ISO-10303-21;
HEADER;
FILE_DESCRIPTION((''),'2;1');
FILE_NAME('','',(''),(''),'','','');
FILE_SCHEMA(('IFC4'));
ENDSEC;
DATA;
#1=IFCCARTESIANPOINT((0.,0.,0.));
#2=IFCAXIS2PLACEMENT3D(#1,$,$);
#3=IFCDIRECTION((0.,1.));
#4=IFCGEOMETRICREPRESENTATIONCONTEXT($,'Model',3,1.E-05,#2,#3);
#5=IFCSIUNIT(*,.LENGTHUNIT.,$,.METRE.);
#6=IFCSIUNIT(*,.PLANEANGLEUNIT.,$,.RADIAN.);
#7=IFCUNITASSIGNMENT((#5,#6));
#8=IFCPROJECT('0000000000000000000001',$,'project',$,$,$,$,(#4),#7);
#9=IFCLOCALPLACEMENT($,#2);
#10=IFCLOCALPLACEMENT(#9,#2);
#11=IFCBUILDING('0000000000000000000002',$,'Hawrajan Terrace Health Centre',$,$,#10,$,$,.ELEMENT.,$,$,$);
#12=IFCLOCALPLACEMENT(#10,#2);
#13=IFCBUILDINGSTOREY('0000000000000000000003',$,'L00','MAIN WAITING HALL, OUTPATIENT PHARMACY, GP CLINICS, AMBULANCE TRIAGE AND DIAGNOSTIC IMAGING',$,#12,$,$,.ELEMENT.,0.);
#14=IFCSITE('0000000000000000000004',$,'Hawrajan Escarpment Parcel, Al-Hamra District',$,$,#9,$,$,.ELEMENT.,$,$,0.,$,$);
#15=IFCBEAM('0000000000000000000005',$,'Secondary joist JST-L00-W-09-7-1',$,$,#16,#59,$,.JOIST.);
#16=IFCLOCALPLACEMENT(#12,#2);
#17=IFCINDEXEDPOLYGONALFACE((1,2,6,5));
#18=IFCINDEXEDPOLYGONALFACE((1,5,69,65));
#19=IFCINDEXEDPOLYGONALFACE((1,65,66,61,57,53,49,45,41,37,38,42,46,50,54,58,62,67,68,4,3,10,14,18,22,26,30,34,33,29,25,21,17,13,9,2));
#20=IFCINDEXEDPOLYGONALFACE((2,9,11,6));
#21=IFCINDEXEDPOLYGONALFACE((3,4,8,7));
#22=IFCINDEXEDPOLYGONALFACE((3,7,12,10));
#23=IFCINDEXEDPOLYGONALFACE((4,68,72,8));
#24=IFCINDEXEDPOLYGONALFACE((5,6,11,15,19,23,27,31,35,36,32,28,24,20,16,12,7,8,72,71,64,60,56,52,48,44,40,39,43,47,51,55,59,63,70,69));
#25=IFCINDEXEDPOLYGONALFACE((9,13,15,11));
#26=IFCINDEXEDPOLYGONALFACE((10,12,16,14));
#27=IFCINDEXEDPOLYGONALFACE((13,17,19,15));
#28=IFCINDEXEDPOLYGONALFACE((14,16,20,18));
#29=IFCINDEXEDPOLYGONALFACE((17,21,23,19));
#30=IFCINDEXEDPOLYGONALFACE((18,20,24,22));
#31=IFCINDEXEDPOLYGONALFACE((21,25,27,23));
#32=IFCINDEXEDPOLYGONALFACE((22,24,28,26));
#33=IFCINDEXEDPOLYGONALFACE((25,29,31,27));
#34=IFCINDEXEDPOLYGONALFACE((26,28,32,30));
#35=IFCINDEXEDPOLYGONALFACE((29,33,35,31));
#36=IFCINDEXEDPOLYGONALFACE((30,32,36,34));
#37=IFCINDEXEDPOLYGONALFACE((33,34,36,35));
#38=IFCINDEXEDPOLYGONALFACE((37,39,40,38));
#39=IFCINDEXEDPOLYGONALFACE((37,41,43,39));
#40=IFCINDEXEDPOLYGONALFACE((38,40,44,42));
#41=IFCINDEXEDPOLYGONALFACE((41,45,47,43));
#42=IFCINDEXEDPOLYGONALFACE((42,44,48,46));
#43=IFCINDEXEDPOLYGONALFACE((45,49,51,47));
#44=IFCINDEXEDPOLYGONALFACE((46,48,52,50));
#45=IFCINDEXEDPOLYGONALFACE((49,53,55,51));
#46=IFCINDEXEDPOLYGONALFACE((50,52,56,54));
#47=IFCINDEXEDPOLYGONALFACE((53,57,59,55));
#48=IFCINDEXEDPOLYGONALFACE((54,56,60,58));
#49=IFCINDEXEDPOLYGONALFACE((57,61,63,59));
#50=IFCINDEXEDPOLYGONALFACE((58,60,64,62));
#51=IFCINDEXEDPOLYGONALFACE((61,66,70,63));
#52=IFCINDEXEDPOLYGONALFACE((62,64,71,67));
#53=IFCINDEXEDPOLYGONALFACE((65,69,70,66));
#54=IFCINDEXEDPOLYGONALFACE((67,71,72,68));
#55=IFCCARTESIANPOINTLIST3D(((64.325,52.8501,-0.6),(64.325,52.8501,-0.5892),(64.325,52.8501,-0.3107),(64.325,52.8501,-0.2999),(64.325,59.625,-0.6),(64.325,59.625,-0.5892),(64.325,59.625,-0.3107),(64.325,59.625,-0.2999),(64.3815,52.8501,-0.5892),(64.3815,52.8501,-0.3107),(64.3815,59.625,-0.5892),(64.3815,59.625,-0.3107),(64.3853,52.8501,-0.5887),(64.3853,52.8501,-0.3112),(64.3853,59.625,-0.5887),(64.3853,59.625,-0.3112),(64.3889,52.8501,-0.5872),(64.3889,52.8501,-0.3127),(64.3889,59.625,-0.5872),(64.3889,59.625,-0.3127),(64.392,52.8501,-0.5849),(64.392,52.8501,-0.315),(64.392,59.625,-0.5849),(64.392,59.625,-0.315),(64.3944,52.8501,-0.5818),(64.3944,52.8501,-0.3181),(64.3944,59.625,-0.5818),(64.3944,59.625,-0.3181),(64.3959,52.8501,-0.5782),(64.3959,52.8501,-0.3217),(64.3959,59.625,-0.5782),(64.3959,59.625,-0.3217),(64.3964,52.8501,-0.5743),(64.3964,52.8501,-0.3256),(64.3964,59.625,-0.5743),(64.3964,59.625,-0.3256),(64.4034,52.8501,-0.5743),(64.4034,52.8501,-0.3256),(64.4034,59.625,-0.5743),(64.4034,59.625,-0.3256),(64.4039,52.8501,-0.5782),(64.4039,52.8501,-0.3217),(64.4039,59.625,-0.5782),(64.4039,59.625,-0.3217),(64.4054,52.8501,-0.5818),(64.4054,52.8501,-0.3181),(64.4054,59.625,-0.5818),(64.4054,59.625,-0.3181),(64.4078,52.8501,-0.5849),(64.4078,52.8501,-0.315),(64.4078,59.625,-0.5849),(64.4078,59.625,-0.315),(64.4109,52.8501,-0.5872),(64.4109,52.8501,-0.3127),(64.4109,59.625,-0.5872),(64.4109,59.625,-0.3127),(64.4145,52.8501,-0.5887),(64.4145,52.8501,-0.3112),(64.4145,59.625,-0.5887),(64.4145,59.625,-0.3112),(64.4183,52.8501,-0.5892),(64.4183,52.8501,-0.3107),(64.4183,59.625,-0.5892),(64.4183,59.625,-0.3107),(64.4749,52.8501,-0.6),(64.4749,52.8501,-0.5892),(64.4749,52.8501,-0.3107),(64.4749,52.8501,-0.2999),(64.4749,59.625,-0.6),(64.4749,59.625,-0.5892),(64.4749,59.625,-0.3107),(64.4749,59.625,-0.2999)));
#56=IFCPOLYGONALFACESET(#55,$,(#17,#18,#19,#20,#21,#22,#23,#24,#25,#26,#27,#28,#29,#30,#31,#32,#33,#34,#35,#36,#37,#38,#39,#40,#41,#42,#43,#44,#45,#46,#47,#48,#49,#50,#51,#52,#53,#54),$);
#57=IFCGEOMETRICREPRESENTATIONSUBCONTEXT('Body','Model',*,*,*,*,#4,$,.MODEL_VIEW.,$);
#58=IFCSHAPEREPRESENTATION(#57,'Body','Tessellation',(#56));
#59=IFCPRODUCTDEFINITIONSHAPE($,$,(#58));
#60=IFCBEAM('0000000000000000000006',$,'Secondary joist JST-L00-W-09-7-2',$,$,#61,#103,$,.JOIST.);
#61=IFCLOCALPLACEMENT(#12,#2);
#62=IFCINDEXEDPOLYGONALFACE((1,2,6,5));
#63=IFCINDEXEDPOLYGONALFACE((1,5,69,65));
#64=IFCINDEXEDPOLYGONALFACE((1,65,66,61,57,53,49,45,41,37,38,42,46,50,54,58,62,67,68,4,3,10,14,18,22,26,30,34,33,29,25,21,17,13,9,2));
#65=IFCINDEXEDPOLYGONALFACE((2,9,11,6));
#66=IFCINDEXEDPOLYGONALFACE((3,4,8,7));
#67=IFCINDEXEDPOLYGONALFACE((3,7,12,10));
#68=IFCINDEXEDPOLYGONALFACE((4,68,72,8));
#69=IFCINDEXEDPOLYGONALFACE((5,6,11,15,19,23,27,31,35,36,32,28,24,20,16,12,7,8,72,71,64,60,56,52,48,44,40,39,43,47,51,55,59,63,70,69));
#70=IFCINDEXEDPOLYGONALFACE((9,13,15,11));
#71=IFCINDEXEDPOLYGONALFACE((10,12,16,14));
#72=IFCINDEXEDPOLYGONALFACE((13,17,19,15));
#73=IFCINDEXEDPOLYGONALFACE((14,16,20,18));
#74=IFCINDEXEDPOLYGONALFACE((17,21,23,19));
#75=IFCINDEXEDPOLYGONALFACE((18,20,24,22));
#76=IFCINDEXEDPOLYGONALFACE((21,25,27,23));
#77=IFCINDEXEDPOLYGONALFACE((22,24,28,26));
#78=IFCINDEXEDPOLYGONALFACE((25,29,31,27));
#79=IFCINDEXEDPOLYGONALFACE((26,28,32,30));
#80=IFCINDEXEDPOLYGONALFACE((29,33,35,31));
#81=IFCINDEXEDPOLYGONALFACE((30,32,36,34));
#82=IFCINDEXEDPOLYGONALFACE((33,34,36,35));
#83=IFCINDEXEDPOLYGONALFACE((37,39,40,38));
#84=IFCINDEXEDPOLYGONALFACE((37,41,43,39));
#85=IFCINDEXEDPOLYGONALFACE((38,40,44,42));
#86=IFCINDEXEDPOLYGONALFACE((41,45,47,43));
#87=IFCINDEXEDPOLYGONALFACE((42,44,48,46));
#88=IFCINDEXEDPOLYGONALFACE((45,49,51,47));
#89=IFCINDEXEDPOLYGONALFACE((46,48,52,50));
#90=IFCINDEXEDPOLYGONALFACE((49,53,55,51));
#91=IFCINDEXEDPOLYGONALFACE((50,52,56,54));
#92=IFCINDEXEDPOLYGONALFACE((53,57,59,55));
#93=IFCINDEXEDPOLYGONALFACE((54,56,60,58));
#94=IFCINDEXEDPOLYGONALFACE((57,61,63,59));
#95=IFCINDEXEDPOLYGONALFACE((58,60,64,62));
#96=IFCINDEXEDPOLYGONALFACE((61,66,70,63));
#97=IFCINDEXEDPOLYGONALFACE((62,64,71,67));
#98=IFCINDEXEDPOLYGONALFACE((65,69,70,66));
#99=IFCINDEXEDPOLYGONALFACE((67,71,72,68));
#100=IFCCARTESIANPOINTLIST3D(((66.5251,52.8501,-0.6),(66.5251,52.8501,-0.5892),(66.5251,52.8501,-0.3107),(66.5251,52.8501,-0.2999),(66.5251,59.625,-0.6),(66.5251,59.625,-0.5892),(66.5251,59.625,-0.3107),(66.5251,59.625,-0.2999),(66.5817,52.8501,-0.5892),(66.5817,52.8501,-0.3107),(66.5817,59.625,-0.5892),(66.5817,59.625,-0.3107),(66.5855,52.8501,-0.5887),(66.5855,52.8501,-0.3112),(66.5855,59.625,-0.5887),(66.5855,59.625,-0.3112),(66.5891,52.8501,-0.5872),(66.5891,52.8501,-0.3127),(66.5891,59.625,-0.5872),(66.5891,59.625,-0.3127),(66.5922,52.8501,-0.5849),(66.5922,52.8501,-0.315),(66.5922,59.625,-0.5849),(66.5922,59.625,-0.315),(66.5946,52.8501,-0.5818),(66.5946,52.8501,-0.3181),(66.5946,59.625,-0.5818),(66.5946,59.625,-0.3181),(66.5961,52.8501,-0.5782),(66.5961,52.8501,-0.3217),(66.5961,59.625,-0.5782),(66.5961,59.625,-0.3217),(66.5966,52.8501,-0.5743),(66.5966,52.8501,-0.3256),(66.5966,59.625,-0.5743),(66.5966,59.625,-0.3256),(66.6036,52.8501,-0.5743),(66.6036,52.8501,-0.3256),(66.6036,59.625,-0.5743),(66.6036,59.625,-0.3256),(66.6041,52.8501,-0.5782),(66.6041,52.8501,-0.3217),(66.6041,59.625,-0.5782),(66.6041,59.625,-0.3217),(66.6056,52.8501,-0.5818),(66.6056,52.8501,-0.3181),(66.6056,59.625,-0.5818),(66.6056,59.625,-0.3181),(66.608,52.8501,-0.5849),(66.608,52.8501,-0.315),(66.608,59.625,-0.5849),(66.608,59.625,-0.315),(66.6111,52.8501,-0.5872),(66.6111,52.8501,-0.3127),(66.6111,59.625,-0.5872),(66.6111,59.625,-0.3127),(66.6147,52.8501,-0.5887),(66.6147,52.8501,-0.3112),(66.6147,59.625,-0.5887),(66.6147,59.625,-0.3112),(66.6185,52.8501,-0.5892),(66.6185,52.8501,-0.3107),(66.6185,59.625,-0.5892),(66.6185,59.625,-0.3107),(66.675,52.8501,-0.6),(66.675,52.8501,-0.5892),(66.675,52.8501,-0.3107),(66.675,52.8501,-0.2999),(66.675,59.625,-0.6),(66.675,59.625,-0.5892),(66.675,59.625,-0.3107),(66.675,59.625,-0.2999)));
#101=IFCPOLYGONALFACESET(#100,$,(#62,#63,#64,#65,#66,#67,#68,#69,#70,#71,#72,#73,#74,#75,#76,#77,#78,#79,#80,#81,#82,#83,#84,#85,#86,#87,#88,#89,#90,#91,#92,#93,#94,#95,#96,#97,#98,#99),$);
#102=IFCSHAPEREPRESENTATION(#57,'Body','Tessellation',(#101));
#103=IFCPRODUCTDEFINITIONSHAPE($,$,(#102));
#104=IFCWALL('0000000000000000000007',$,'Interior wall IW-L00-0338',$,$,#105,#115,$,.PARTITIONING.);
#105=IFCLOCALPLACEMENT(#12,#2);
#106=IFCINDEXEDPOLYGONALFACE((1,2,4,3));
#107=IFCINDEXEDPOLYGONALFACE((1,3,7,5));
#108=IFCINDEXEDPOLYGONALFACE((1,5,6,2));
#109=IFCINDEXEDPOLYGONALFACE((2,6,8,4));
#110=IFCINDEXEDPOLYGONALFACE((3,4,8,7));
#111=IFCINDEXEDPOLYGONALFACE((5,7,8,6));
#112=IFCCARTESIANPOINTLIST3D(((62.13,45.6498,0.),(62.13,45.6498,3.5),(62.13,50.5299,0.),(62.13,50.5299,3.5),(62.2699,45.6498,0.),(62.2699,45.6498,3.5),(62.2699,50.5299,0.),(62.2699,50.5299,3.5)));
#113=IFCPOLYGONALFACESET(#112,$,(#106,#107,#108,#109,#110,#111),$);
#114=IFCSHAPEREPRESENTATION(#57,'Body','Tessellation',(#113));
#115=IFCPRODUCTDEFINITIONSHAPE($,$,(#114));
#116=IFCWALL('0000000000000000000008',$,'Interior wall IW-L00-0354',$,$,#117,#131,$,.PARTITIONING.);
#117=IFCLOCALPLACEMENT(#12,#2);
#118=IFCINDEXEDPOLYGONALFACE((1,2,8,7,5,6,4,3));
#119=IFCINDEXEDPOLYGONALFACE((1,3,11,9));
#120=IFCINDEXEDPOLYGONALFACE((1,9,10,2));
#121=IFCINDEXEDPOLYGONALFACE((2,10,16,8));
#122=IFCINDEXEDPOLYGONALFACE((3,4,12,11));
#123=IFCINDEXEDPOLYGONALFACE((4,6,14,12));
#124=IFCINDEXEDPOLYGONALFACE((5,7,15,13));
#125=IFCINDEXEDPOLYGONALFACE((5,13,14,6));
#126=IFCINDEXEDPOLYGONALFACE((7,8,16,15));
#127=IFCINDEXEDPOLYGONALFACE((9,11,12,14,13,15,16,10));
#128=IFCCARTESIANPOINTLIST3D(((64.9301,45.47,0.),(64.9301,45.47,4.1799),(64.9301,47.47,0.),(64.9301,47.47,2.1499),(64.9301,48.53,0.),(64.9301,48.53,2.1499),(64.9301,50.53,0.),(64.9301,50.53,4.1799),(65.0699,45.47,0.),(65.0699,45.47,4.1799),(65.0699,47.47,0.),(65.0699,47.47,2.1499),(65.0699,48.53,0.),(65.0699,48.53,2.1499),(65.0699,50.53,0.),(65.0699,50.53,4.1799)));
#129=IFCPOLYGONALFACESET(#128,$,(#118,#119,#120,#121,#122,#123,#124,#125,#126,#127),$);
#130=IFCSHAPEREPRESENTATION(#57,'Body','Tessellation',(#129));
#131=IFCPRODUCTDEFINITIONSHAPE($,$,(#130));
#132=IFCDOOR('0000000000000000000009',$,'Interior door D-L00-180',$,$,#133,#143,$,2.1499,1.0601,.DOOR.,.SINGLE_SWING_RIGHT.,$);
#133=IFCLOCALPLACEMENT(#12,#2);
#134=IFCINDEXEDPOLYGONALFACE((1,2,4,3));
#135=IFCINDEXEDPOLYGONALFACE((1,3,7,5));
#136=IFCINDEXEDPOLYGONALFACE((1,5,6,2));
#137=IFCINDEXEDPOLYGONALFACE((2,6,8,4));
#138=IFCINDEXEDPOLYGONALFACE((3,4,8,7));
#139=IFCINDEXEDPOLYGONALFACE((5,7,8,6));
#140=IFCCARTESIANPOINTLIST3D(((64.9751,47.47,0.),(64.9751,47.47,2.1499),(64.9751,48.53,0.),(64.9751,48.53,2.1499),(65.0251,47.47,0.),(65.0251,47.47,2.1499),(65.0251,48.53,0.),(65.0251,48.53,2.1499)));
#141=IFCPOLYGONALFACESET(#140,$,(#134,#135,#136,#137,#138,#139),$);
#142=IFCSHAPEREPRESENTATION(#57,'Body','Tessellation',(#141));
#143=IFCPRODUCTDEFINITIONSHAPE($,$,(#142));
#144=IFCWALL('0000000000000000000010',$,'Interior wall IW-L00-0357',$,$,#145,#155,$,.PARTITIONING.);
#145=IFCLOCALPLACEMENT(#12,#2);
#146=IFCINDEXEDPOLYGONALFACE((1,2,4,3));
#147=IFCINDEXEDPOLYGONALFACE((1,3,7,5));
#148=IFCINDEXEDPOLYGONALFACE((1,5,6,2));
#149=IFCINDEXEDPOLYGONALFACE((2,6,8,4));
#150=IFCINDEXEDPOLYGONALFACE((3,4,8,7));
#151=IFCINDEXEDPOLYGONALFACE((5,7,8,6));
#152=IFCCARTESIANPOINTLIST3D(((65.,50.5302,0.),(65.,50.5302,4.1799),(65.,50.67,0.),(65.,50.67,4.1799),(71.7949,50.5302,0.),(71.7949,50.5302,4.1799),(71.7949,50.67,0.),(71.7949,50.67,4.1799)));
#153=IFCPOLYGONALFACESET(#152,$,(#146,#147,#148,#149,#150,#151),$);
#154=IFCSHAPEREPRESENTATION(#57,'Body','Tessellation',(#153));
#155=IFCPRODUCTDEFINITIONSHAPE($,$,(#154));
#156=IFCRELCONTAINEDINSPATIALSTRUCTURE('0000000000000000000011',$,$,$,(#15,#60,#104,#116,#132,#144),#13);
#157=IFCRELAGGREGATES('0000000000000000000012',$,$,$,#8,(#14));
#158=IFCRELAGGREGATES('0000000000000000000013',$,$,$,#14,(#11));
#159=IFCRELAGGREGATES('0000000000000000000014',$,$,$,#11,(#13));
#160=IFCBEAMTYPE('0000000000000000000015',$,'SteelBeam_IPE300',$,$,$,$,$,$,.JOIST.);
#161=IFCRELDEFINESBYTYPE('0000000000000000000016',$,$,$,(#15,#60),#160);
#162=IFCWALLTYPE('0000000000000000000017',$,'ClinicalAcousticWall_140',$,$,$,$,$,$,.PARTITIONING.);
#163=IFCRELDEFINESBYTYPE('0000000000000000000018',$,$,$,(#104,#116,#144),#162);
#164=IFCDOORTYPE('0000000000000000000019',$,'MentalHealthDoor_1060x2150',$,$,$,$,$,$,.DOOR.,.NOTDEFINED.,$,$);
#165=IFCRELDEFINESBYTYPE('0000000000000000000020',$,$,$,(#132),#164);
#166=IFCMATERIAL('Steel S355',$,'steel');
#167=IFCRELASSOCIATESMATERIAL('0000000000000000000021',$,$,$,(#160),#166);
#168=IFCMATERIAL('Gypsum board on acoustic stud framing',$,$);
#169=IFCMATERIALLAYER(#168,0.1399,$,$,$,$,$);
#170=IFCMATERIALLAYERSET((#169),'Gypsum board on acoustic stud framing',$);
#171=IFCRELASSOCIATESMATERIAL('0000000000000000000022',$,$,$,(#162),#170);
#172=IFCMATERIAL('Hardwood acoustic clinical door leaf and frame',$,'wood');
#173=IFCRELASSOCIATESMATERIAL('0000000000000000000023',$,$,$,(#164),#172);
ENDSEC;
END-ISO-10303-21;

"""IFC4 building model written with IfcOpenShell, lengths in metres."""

from ifc_helpers import new_model, si_unit, direction, frame, frame_2d, origin, origin_2d, place, context, subcontext, project, spatial, rectangle, i_section, extrude, material, layer, layer_set, material_profile, profile_set, type_object, element, fill, save


model = new_model("IFC4")

# Units and contexts
model_context = context("Model", 3, precision=1e-05, world=origin(), true_north=direction((0.0, 1.0)))
body_context = subcontext(model_context, "Body", "Model", "MODEL_VIEW")
ifc_project = project(units=[si_unit("LENGTHUNIT", "METRE"), si_unit("PLANEANGLEUNIT", "RADIAN")], contexts=[model_context])

# Site, building, storey
site_placement = place(None, origin())
site = spatial("IfcSite", under=ifc_project, at=site_placement, Name="Hawrajan Escarpment Parcel, Al-Hamra District", CompositionType="ELEMENT", RefElevation=0.0)
building_placement = place(site_placement, origin())
building = spatial("IfcBuilding", under=site, at=building_placement, Name="Hawrajan Terrace Health Centre", CompositionType="ELEMENT")
storey_placement = place(building_placement, origin())
storey = spatial("IfcBuildingStorey", under=building, at=storey_placement, Name="L00", Description="MAIN WAITING HALL, OUTPATIENT PHARMACY, GP CLINICS, AMBULANCE TRIAGE AND DIAGNOSTIC IMAGING", CompositionType="ELEMENT", Elevation=0.0)

# Beams
ifc_material_1 = material(Name="Steel S355", Category="steel")
ifc_material_profile_1 = material_profile(ifc_material_1, i_section(OverallWidth=0.1499, OverallDepth=0.3, WebThickness=0.0071, FlangeThickness=0.0107, FilletRadius=0.0149, at=origin_2d()), Name="IPE 300")
ifc_profile_set_1 = profile_set([ifc_material_profile_1], Name="Steel S355")
beam_type_1 = type_object("IfcBeamType", Name="SteelBeam_IPE300", PredefinedType="JOIST", material=ifc_profile_set_1)
for number, where, z_axis, x_axis, name in (
    (1, (64.3999, 52.8501, -0.45), (0.0, 1.0, 0.0), (-1.0, 0.0, 0.0), "Secondary joist JST-L00-W-09-7-1"),
    (2, (66.6001, 52.8501, -0.45), (0.0, 1.0, 0.0), (-1.0, 0.0, 0.0), "Secondary joist JST-L00-W-09-7-2"),
):
    element("IfcBeam", number, at=place(storey_placement, frame(where, z_axis=z_axis, x_axis=x_axis)), inside=storey, type_object=beam_type_1, Name=name, PredefinedType="JOIST", context=body_context, shape_type="SweptSolid", body=[
        extrude(i_section(OverallWidth=0.1499, OverallDepth=0.3, WebThickness=0.0071, FlangeThickness=0.0107, FilletRadius=0.0149, at=origin_2d()), origin(), (0.0, 0.0, 1.0), 6.7749),
    ])

# Wall
ifc_material_2 = material(Name="Gypsum board on acoustic stud framing")
ifc_layer_1 = layer(ifc_material_2, 0.1399)
ifc_layer_set_1 = layer_set([ifc_layer_1], Name="Gypsum board on acoustic stud framing")
wall_type_1 = type_object("IfcWallType", Name="ClinicalAcousticWall_140", PredefinedType="PARTITIONING", material=ifc_layer_set_1)
wall_1_placement = place(storey_placement, frame((62.2, 45.6499, 0.0), z_axis=(0.0, 0.0, 1.0), x_axis=(0.0, 1.0, 0.0)))
element("IfcWall", 3, at=wall_1_placement, inside=storey, type_object=wall_type_1, Name="Interior wall IW-L00-0338", PredefinedType="PARTITIONING", context=body_context, shape_type="SweptSolid", body=[
    extrude(rectangle(XDim=4.8801, YDim=0.1399, at=frame_2d((2.4399, 0.0))), origin(), (0.0, 0.0, 1.0), 3.5),
])

# Wall, opening, door
ifc_material_3 = material(Name="Hardwood acoustic clinical door leaf and frame", Category="wood")
door_type = type_object("IfcDoorType", Name="MentalHealthDoor_1060x2150", OperationType="NOTDEFINED", PredefinedType="DOOR", material=ifc_material_3)
wall_2_placement = place(storey_placement, frame((65.0, 45.47, 0.0), z_axis=(0.0, 0.0, 1.0), x_axis=(0.0, 1.0, 0.0)))
wall_2 = element("IfcWall", 4, at=wall_2_placement, inside=storey, type_object=wall_type_1, Name="Interior wall IW-L00-0354", PredefinedType="PARTITIONING", context=body_context, shape_type="SweptSolid", body=[
    extrude(rectangle(XDim=5.0601, YDim=0.1399, at=frame_2d((2.53, 0.0))), origin(), (0.0, 0.0, 1.0), 4.1799),
])
opening_1_placement = place(wall_2_placement, frame((2.0, 0.0, 0.0)))
opening_1 = element("IfcOpeningElement", 5, at=opening_1_placement, cuts=wall_2, PredefinedType="OPENING", context=body_context, shape_type="SweptSolid", body=[
    extrude(rectangle(XDim=1.0601, YDim=2.1499, at=frame_2d((0.53, 1.075))), frame((0.0, 0.0798, 0.0), z_axis=(0.0, -1.0, 0.0), x_axis=(1.0, 0.0, 0.0)), (0.0, 0.0, 1.0), 0.1599),
])
door_1_placement = place(opening_1_placement, origin())
door_1 = element("IfcDoor", 6, at=door_1_placement, inside=storey, type_object=door_type, Name="Interior door D-L00-180", OperationType="SINGLE_SWING_RIGHT", OverallHeight=2.1499, OverallWidth=1.0601, PredefinedType="DOOR", context=body_context, shape_type="SweptSolid", body=[
    extrude(rectangle(XDim=1.0601, YDim=2.1499, at=frame_2d((0.53, 1.075))), frame((0.0, 0.0249, 0.0), z_axis=(0.0, -1.0, 0.0), x_axis=(1.0, 0.0, 0.0)), (0.0, 0.0, 1.0), 0.05),
])
fill(opening_1, door_1)

# Wall
wall_3_placement = place(storey_placement, frame((65.0, 50.6001, 0.0), z_axis=(0.0, 0.0, 1.0), x_axis=(1.0, 0.0, 0.0)))
element("IfcWall", 7, at=wall_3_placement, inside=storey, type_object=wall_type_1, Name="Interior wall IW-L00-0357", PredefinedType="PARTITIONING", context=body_context, shape_type="SweptSolid", body=[
    extrude(rectangle(XDim=6.7949, YDim=0.1399, at=frame_2d((3.3975, 0.0))), origin(), (0.0, 0.0, 1.0), 4.1799),
])

save(model, "model.ifc")
